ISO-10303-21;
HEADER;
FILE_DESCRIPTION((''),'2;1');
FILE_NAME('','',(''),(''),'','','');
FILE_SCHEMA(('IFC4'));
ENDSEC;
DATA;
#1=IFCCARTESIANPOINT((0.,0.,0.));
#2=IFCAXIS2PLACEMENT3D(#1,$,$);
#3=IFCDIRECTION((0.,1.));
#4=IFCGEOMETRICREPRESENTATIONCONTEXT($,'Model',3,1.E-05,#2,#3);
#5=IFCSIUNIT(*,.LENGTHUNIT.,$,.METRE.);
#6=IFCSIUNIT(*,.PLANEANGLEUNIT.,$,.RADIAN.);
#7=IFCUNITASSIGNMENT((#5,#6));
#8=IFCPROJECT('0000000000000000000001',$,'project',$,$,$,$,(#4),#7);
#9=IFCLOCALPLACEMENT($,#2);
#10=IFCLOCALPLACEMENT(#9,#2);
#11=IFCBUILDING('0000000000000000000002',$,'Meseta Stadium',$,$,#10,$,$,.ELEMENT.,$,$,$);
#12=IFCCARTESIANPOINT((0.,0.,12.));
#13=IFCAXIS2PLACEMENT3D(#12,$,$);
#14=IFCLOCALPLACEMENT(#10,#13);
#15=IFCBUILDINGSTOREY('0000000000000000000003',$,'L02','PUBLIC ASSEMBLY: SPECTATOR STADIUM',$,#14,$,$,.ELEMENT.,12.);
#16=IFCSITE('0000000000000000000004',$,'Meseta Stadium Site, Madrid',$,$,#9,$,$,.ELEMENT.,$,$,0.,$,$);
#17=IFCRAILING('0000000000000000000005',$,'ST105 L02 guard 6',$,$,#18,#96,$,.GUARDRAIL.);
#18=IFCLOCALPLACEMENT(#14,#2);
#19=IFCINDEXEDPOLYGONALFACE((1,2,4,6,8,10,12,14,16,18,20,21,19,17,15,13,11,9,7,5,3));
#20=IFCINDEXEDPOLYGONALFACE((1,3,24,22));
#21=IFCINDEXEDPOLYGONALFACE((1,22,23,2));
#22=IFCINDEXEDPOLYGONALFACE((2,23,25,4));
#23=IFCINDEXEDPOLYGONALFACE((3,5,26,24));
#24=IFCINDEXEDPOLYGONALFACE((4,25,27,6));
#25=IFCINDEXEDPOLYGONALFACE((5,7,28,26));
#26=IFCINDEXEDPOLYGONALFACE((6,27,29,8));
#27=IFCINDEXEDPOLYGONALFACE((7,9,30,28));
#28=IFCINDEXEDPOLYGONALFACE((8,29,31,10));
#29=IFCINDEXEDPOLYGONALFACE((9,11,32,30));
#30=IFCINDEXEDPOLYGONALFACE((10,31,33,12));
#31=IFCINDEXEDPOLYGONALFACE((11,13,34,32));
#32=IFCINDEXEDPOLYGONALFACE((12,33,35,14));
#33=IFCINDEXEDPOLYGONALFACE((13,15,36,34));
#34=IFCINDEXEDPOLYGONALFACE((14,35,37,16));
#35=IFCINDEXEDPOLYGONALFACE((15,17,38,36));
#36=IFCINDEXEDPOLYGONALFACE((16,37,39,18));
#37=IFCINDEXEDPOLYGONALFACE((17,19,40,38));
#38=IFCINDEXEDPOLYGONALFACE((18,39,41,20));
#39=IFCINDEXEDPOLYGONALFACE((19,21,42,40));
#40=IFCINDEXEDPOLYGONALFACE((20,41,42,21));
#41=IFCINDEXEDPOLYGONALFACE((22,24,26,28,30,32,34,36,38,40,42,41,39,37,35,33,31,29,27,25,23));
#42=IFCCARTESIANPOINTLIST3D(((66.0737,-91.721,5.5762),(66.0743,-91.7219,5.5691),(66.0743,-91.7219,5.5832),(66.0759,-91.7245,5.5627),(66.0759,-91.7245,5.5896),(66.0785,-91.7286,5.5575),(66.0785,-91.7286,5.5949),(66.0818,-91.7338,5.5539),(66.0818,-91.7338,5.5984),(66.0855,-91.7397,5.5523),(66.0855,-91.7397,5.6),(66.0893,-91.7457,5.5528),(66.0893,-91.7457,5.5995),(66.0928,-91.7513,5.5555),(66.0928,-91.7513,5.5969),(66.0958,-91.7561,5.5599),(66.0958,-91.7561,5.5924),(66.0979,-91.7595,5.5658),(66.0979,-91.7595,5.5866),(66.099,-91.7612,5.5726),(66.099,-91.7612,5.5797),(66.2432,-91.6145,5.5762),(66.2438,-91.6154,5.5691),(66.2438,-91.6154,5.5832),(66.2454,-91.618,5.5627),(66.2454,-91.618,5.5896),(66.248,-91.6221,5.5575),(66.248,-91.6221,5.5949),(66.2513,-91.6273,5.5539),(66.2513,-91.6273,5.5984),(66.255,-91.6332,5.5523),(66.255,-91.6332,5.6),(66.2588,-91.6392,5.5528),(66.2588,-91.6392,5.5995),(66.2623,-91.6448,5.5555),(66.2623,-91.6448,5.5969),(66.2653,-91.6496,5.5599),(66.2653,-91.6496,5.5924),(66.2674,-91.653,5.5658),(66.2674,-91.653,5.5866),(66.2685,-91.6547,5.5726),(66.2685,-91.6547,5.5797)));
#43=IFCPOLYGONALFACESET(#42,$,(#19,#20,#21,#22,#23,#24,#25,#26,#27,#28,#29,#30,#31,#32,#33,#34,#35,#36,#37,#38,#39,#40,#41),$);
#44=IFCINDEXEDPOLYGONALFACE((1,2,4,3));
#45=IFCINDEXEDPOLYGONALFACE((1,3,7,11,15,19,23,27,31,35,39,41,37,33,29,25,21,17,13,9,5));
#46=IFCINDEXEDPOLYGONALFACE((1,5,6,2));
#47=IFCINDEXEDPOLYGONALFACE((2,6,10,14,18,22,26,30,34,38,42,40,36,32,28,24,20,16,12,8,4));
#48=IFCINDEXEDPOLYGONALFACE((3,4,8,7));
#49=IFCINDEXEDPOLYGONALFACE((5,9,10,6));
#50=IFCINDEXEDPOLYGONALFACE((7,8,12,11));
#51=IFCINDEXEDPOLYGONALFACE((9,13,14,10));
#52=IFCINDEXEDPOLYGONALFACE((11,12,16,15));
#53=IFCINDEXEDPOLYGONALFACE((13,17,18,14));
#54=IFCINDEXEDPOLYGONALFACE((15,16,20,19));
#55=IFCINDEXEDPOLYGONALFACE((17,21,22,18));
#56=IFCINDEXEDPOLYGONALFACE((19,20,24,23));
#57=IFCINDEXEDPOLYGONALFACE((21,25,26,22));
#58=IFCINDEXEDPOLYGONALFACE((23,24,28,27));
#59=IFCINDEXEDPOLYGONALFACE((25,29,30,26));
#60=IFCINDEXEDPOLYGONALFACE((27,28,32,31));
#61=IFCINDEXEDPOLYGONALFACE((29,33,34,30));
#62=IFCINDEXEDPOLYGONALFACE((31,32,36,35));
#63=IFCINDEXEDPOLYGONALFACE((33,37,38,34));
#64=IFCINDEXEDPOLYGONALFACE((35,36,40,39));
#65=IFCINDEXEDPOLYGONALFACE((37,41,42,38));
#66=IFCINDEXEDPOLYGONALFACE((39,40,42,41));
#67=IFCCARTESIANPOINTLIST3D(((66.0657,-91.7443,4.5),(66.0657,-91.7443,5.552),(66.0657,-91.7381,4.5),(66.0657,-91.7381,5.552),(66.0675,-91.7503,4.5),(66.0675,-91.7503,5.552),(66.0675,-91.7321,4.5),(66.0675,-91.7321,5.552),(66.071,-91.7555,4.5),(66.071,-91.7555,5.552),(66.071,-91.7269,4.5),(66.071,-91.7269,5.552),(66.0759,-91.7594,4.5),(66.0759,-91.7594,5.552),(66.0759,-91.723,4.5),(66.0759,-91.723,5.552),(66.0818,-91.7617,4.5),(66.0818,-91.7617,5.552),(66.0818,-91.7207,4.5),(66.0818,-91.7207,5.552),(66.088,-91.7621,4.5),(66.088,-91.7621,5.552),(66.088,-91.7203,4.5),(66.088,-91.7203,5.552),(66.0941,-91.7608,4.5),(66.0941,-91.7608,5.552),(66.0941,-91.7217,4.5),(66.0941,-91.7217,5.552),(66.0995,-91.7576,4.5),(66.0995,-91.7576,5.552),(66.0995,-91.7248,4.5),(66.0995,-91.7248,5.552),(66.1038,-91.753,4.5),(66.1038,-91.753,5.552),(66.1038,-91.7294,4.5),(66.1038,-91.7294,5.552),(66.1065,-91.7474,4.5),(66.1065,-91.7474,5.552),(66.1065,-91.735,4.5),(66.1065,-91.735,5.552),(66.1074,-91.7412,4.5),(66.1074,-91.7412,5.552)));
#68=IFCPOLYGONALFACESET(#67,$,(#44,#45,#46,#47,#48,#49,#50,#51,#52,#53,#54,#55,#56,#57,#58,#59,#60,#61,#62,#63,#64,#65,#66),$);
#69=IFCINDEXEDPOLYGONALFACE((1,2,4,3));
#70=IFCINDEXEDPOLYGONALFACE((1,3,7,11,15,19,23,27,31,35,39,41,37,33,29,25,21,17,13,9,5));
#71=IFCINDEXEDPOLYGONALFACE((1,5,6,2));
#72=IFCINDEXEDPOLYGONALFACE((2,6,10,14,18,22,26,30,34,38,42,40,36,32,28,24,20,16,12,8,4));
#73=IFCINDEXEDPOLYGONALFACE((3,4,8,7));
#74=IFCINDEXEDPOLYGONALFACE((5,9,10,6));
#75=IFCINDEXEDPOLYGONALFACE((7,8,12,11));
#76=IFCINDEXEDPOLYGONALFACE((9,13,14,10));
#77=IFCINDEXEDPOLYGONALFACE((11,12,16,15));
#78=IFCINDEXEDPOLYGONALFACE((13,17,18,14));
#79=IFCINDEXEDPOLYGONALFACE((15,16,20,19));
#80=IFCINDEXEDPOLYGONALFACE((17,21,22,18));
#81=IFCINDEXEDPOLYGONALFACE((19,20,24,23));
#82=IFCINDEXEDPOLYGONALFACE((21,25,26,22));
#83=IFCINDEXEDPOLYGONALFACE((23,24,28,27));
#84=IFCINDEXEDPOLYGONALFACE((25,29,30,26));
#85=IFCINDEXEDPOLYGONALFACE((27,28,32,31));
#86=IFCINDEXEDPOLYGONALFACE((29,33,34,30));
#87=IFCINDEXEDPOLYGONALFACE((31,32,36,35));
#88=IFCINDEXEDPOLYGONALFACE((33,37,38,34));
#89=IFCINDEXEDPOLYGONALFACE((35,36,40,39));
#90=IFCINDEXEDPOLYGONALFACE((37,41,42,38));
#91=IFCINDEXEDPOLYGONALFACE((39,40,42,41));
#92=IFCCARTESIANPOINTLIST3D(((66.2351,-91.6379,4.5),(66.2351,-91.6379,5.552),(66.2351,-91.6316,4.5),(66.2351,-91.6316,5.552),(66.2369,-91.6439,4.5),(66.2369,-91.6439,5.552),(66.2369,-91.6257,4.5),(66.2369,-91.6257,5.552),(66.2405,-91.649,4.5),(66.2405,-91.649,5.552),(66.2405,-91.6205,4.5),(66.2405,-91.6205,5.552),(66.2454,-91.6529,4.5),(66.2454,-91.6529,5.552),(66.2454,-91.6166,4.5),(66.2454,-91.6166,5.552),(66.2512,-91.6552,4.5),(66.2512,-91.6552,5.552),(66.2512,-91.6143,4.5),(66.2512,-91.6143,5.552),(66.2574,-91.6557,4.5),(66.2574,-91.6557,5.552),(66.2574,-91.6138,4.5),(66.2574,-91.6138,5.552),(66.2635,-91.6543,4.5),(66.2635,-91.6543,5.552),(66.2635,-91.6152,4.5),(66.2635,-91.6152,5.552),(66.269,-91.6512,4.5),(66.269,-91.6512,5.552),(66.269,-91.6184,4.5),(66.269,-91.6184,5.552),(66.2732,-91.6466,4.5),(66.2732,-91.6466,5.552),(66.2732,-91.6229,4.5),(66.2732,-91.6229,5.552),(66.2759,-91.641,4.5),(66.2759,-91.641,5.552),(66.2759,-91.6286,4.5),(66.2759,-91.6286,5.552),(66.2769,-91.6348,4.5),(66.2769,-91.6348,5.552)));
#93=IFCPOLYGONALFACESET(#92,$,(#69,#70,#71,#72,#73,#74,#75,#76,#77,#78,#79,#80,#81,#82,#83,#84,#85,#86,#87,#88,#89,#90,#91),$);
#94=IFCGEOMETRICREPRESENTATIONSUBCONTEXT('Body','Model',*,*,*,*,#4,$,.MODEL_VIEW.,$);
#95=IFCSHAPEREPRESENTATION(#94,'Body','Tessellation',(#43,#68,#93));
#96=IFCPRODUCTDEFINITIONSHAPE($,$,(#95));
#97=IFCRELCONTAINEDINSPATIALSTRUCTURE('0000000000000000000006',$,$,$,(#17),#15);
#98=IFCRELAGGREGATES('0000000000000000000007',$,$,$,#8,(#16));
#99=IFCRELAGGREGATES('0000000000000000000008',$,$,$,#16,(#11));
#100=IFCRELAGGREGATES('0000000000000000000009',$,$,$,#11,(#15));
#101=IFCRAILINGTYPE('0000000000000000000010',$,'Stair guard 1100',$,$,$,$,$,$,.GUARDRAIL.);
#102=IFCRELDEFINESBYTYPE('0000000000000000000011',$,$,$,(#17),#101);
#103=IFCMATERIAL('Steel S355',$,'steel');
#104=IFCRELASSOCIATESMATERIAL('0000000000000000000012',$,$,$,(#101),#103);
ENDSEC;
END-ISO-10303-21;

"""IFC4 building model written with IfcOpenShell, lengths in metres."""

from ifc_helpers import new_model, si_unit, direction, frame, origin, origin_2d, place, context, subcontext, project, spatial, circle, extrude, material, type_object, element, save


model = new_model("IFC4")

# Units and contexts
model_context = context("Model", 3, precision=1e-05, world=origin(), true_north=direction((0.0, 1.0)))
body_context = subcontext(model_context, "Body", "Model", "MODEL_VIEW")
ifc_project = project(units=[si_unit("LENGTHUNIT", "METRE"), si_unit("PLANEANGLEUNIT", "RADIAN")], contexts=[model_context])

# Site, building, storey
site_placement = place(None, origin())
site = spatial("IfcSite", under=ifc_project, at=site_placement, Name="Meseta Stadium Site, Madrid", CompositionType="ELEMENT", RefElevation=0.0)
building_placement = place(site_placement, origin())
building = spatial("IfcBuilding", under=site, at=building_placement, Name="Meseta Stadium", CompositionType="ELEMENT")
storey_placement = place(building_placement, frame((0.0, 0.0, 12.0)))
storey = spatial("IfcBuildingStorey", under=building, at=storey_placement, Name="L02", Description="PUBLIC ASSEMBLY: SPECTATOR STADIUM", CompositionType="ELEMENT", Elevation=12.0)

# Railing
ifc_material_1 = material(Name="Steel S355", Category="steel")
railing_type = type_object("IfcRailingType", Name="Stair guard 1100", PredefinedType="GUARDRAIL", material=ifc_material_1)
railing_1_placement = place(storey_placement, frame((66.0864, -91.7412, 4.5)))
element("IfcRailing", 1, at=railing_1_placement, inside=storey, type_object=railing_type, Name="ST105 L02 guard 6", PredefinedType="GUARDRAIL", context=body_context, shape_type="SweptSolid", body=[
    extrude(circle(Radius=0.0239, at=origin_2d()), frame((0.0, 0.0, 1.0762), z_axis=(0.846762, 0.531972, 0.0), x_axis=(-0.531972, 0.846762, 0.0)), (0.0, 0.0, 1.0), 0.2002),
    extrude(circle(Radius=0.021, at=origin_2d()), origin(), (0.0, 0.0, 1.0), 1.052),
    extrude(circle(Radius=0.021, at=origin_2d()), frame((0.1694, 0.1064, 0.0)), (0.0, 0.0, 1.0), 1.052),
])

save(model, "model.ifc")
